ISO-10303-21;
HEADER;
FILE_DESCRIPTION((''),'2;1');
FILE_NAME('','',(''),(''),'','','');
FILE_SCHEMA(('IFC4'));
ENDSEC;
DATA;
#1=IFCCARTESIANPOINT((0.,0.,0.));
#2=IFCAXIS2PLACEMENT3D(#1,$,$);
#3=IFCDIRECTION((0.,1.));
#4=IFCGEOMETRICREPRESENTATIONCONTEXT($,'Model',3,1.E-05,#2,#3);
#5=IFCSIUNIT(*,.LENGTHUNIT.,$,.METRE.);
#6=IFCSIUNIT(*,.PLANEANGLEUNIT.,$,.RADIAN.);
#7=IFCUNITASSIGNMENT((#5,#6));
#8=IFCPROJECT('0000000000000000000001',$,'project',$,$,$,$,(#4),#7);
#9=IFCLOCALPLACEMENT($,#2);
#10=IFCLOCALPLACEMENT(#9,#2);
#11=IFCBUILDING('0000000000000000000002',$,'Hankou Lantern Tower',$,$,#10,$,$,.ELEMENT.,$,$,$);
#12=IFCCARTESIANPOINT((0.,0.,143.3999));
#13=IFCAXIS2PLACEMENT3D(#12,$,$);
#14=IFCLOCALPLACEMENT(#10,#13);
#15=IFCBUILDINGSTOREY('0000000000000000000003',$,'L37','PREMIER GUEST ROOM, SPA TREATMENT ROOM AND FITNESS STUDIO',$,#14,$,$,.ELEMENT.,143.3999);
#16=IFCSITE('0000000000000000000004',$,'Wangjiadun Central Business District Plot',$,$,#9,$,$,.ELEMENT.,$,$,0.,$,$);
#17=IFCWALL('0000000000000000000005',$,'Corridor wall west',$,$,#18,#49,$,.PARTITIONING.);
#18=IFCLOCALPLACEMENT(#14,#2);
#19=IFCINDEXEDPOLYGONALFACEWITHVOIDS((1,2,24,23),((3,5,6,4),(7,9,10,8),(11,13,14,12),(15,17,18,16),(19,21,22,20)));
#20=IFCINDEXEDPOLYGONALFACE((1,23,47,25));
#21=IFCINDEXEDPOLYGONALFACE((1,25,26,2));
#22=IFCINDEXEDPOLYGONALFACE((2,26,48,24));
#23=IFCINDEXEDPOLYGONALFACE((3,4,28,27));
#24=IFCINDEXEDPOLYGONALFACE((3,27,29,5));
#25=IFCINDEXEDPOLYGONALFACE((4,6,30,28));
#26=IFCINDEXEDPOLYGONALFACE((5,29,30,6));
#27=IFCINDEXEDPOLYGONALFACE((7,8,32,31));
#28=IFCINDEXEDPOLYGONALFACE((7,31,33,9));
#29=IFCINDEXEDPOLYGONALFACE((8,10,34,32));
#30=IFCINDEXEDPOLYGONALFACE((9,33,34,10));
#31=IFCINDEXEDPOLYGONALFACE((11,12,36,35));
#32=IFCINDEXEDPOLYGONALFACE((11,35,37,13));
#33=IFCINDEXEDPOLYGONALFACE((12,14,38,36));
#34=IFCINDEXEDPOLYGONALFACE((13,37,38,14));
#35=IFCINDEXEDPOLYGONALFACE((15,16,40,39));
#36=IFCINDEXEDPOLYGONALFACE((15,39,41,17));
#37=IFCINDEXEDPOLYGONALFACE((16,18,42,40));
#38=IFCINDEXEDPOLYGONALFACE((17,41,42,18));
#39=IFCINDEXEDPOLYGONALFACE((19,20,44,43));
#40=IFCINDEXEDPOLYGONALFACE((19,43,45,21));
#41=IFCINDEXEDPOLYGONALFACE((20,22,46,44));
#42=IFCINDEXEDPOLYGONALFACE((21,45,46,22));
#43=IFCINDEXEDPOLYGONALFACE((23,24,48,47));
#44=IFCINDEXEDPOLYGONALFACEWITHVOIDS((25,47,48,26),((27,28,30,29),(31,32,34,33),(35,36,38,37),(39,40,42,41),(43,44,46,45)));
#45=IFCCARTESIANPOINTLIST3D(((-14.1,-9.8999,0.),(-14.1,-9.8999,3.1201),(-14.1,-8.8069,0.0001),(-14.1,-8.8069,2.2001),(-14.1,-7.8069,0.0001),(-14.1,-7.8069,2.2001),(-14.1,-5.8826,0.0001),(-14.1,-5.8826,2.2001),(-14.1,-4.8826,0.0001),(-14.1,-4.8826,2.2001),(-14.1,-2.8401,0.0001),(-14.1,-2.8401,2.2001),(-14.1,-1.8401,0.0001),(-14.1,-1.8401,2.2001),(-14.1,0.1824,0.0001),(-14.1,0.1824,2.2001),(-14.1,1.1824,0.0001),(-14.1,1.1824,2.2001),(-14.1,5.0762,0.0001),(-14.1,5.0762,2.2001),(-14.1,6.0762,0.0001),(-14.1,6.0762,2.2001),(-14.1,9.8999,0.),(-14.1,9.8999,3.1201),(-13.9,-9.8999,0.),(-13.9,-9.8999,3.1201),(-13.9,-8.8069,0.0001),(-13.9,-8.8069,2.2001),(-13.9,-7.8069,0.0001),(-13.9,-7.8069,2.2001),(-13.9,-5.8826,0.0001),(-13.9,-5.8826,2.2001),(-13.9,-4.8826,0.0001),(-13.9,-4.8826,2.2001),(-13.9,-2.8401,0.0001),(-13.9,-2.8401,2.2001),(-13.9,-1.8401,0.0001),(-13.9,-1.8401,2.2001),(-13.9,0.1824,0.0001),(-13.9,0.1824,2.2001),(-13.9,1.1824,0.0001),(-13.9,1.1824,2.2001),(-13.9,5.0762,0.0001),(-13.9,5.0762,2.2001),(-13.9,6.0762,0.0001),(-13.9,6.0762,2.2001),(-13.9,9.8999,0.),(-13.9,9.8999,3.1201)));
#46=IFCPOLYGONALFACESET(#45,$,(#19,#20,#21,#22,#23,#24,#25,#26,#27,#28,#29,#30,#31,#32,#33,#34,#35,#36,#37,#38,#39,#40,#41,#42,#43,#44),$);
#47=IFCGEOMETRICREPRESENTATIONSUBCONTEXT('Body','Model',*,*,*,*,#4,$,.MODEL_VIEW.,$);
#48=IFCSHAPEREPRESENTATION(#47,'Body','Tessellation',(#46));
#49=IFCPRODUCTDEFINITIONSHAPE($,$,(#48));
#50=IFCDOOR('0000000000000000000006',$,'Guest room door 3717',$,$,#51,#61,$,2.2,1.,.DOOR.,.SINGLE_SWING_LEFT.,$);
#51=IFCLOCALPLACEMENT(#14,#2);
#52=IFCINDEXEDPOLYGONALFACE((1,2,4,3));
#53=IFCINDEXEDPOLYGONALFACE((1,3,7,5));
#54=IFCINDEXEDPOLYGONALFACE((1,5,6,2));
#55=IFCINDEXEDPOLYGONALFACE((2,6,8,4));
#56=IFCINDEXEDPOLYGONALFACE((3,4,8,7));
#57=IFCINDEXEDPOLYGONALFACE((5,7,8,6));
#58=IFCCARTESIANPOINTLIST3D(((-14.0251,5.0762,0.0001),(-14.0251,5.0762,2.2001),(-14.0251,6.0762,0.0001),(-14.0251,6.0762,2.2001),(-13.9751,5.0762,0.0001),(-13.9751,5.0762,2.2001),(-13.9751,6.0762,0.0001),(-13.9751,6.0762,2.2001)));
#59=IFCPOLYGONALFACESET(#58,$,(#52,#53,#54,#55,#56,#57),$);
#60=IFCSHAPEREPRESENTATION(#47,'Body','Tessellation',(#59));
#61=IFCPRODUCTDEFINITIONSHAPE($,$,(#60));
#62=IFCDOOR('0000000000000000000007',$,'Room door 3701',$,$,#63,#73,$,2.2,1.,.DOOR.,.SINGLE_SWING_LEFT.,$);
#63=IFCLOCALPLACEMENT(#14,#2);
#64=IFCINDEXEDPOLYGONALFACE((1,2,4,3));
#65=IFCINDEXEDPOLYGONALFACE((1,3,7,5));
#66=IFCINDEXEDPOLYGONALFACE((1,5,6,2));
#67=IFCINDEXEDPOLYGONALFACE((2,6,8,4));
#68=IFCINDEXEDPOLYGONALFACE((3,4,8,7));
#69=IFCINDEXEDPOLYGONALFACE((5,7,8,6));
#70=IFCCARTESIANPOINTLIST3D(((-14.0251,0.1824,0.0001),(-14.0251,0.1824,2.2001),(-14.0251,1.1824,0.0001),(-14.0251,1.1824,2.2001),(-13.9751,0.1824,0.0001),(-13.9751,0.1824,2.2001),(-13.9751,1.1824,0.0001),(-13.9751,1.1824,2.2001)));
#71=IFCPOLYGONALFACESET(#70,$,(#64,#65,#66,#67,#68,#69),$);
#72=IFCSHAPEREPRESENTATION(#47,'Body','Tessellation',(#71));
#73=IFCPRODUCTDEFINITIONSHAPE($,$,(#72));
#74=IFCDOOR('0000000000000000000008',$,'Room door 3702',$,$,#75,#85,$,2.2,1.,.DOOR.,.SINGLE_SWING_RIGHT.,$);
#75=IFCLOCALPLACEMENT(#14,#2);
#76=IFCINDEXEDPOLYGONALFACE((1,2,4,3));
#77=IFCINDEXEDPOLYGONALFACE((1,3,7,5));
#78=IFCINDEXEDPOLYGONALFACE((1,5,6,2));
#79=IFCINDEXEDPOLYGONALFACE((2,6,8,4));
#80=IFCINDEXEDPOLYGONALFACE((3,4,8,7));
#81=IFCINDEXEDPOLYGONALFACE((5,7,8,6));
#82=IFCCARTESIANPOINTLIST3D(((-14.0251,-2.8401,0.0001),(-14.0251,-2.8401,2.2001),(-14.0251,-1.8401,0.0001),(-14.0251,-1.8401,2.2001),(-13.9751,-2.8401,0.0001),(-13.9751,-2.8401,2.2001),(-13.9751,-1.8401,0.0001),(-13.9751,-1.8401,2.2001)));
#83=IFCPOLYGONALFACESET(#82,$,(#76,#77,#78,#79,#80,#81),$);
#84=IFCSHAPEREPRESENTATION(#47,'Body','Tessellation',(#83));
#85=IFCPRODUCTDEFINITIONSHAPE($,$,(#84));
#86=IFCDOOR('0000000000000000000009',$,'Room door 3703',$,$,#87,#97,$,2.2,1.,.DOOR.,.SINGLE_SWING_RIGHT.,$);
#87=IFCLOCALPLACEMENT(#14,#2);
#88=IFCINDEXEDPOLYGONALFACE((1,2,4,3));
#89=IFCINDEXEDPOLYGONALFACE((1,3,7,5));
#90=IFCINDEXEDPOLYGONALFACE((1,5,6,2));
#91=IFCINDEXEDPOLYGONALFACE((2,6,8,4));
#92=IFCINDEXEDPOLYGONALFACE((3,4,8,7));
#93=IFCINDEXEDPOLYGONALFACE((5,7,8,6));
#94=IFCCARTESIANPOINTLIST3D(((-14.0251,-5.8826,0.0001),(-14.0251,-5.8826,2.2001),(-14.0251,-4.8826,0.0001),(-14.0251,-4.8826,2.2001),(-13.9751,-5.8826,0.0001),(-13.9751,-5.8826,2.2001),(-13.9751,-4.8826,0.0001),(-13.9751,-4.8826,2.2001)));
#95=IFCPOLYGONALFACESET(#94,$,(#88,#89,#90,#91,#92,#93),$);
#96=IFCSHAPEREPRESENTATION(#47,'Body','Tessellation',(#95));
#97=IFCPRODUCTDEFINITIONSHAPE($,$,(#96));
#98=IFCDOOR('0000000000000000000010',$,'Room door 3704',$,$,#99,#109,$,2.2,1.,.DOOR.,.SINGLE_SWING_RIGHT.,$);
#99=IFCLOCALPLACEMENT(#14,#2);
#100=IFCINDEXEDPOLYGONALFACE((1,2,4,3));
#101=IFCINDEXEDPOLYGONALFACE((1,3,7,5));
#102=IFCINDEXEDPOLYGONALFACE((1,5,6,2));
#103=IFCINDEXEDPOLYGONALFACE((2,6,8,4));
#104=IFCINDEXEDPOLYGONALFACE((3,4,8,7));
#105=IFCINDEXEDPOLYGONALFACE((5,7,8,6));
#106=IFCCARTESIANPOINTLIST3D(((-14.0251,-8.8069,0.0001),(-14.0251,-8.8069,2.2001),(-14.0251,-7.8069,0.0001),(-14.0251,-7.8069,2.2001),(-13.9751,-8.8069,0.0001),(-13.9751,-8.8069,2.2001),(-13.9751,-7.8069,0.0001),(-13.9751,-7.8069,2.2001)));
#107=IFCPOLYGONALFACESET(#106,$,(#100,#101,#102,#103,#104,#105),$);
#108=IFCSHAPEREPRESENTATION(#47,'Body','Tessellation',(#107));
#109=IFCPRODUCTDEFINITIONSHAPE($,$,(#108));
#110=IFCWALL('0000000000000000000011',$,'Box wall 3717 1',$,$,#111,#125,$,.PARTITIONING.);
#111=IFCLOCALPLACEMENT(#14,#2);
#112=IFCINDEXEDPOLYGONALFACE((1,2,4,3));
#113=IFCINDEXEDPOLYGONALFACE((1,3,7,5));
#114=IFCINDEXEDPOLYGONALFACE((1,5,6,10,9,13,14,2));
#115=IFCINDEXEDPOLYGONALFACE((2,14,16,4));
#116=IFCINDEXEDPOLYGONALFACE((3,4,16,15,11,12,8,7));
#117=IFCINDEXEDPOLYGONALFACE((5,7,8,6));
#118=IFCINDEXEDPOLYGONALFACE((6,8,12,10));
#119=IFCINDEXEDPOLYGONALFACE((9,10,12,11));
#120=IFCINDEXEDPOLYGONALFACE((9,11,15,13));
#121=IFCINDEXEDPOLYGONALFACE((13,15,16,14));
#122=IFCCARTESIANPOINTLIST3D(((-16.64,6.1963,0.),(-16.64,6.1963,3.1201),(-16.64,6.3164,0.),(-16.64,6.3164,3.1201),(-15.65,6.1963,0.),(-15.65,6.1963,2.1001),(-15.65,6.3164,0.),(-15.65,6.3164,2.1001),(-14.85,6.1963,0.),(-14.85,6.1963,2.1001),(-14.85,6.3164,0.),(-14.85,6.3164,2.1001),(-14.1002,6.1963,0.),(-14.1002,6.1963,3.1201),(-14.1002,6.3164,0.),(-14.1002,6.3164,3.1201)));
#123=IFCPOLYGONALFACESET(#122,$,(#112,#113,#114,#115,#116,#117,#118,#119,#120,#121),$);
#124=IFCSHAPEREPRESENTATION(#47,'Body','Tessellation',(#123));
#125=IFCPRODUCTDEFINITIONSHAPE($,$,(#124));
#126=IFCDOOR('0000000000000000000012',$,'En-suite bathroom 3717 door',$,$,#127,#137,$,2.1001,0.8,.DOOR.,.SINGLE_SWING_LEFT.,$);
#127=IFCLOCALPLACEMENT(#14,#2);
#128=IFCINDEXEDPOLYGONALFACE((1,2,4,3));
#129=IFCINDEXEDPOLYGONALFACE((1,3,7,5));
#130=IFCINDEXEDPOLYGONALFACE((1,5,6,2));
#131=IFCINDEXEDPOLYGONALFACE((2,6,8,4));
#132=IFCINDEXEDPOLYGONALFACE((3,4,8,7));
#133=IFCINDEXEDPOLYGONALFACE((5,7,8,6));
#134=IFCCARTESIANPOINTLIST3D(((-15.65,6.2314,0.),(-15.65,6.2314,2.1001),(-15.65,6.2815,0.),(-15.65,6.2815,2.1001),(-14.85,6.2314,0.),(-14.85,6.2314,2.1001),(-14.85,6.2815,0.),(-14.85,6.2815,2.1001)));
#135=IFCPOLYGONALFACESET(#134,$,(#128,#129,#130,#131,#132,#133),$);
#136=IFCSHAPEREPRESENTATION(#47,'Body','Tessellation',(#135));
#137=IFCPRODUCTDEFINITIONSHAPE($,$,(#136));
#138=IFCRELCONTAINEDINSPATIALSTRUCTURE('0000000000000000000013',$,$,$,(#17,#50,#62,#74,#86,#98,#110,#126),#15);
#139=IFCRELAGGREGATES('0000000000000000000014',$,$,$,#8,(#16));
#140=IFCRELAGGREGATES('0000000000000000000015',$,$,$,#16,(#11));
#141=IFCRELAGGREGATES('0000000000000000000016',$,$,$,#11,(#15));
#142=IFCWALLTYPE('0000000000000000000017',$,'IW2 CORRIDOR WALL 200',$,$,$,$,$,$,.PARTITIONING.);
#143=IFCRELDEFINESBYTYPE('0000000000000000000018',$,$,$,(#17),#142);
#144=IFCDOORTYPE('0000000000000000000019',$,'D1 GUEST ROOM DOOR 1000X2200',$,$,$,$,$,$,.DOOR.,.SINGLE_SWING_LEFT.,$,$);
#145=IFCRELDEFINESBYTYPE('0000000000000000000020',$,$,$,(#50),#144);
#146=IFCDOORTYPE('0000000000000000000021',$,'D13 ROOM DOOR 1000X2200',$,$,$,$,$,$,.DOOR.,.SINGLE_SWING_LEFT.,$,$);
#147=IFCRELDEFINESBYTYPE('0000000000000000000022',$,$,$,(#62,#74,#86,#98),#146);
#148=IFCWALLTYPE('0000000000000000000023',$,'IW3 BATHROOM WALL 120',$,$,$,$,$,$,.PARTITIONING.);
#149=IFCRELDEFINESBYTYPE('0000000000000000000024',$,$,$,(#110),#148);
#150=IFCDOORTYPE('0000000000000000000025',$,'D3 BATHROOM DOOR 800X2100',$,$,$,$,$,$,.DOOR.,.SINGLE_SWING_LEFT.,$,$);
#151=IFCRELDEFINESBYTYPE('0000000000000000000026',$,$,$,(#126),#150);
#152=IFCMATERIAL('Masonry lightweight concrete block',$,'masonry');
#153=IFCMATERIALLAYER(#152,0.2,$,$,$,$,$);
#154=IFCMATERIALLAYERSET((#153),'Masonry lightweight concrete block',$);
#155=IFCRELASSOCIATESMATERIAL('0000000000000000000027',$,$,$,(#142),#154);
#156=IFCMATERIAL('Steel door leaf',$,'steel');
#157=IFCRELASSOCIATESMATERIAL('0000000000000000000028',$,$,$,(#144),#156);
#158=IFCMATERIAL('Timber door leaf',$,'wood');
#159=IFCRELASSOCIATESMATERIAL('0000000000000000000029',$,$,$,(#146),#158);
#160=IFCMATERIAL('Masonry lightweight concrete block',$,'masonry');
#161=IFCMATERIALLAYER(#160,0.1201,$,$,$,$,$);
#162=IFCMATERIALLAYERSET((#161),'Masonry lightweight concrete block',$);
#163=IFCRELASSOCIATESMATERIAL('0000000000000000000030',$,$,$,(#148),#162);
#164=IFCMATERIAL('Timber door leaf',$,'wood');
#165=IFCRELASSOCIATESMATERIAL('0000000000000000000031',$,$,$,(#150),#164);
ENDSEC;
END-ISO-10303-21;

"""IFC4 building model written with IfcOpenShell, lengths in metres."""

from ifc_helpers import new_model, si_unit, direction, frame, frame_2d, origin, place, context, subcontext, project, spatial, rectangle, extrude, material, layer, layer_set, type_object, element, fill, save


model = new_model("IFC4")

# Units and contexts
model_context = context("Model", 3, precision=1e-05, world=origin(), true_north=direction((0.0, 1.0)))
body_context = subcontext(model_context, "Body", "Model", "MODEL_VIEW")
ifc_project = project(units=[si_unit("LENGTHUNIT", "METRE"), si_unit("PLANEANGLEUNIT", "RADIAN")], contexts=[model_context])

# Site, building, storey
site_placement = place(None, origin())
site = spatial("IfcSite", under=ifc_project, at=site_placement, Name="Wangjiadun Central Business District Plot", CompositionType="ELEMENT", RefElevation=0.0)
building_placement = place(site_placement, origin())
building = spatial("IfcBuilding", under=site, at=building_placement, Name="Hankou Lantern Tower", CompositionType="ELEMENT")
storey_placement = place(building_placement, frame((0.0, 0.0, 143.3999)))
storey = spatial("IfcBuildingStorey", under=building, at=storey_placement, Name="L37", Description="PREMIER GUEST ROOM, SPA TREATMENT ROOM AND FITNESS STUDIO", CompositionType="ELEMENT", Elevation=143.3999)

# Wall, openings, doors
ifc_material_1 = material(Name="Masonry lightweight concrete block", Category="masonry")
ifc_layer_1 = layer(ifc_material_1, 0.2)
ifc_layer_set_1 = layer_set([ifc_layer_1], Name="Masonry lightweight concrete block")
wall_type_1 = type_object("IfcWallType", Name="IW2 CORRIDOR WALL 200", PredefinedType="PARTITIONING", material=ifc_layer_set_1)
wall_1_placement = place(storey_placement, frame((-14.0, 9.8999, 0.0), z_axis=(0.0, 0.0, 1.0), x_axis=(0.0, -1.0, 0.0)))
wall_1 = element("IfcWall", 1, at=wall_1_placement, inside=storey, type_object=wall_type_1, Name="Corridor wall west", PredefinedType="PARTITIONING", context=body_context, shape_type="SweptSolid", body=[
    extrude(rectangle(XDim=19.7998, YDim=0.2, at=frame_2d((9.8999, 0.0))), origin(), (0.0, 0.0, 1.0), 3.1201),
])
opening_1_placement = place(wall_1_placement, frame((8.7175, 0.0, 0.0)))
opening_1 = element("IfcOpeningElement", 2, at=opening_1_placement, cuts=wall_1, PredefinedType="OPENING", context=body_context, shape_type="SweptSolid", body=[
    extrude(rectangle(XDim=1.0, YDim=2.2, at=frame_2d((0.5, 1.1001))), frame((0.0, 0.1099, 0.0), z_axis=(0.0, -1.0, 0.0), x_axis=(1.0, 0.0, 0.0)), (0.0, 0.0, 1.0), 0.22),
])
opening_2_placement = place(wall_1_placement, frame((11.74, 0.0, 0.0)))
opening_2 = element("IfcOpeningElement", 3, at=opening_2_placement, cuts=wall_1, PredefinedType="OPENING", context=body_context, shape_type="SweptSolid", body=[
    extrude(rectangle(XDim=1.0, YDim=2.2, at=frame_2d((0.5, 1.1001))), frame((0.0, 0.1099, 0.0), z_axis=(0.0, -1.0, 0.0), x_axis=(1.0, 0.0, 0.0)), (0.0, 0.0, 1.0), 0.22),
])
opening_3_placement = place(wall_1_placement, frame((14.7825, 0.0, 0.0)))
opening_3 = element("IfcOpeningElement", 4, at=opening_3_placement, cuts=wall_1, PredefinedType="OPENING", context=body_context, shape_type="SweptSolid", body=[
    extrude(rectangle(XDim=1.0, YDim=2.2, at=frame_2d((0.5, 1.1001))), frame((0.0, 0.1099, 0.0), z_axis=(0.0, -1.0, 0.0), x_axis=(1.0, 0.0, 0.0)), (0.0, 0.0, 1.0), 0.22),
])
opening_4_placement = place(wall_1_placement, frame((17.7068, 0.0, 0.0)))
opening_4 = element("IfcOpeningElement", 5, at=opening_4_placement, cuts=wall_1, PredefinedType="OPENING", context=body_context, shape_type="SweptSolid", body=[
    extrude(rectangle(XDim=1.0, YDim=2.2, at=frame_2d((0.5, 1.1001))), frame((0.0, 0.1099, 0.0), z_axis=(0.0, -1.0, 0.0), x_axis=(1.0, 0.0, 0.0)), (0.0, 0.0, 1.0), 0.22),
])
opening_5_placement = place(wall_1_placement, frame((3.8237, 0.0, 0.0)))
opening_5 = element("IfcOpeningElement", 6, at=opening_5_placement, cuts=wall_1, PredefinedType="OPENING", context=body_context, shape_type="SweptSolid", body=[
    extrude(rectangle(XDim=1.0, YDim=2.2, at=frame_2d((0.5, 1.1001))), frame((0.0, 0.1099, 0.0), z_axis=(0.0, -1.0, 0.0), x_axis=(1.0, 0.0, 0.0)), (0.0, 0.0, 1.0), 0.22),
])
ifc_material_2 = material(Name="Steel door leaf", Category="steel")
door_type_1 = type_object("IfcDoorType", Name="D1 GUEST ROOM DOOR 1000X2200", OperationType="SINGLE_SWING_LEFT", PredefinedType="DOOR", material=ifc_material_2)
door_1_placement = place(opening_5_placement, origin())
door_1 = element("IfcDoor", 7, at=door_1_placement, inside=storey, type_object=door_type_1, Name="Guest room door 3717", OperationType="SINGLE_SWING_LEFT", OverallHeight=2.2, OverallWidth=1.0, PredefinedType="DOOR", context=body_context, shape_type="SweptSolid", body=[
    extrude(rectangle(XDim=1.0, YDim=2.2, at=frame_2d((0.5, 1.1001))), frame((0.0, 0.0249, 0.0), z_axis=(0.0, -1.0, 0.0), x_axis=(1.0, 0.0, 0.0)), (0.0, 0.0, 1.0), 0.05),
])
fill(opening_5, door_1)
ifc_material_3 = material(Name="Timber door leaf", Category="wood")
door_type_2 = type_object("IfcDoorType", Name="D13 ROOM DOOR 1000X2200", OperationType="SINGLE_SWING_LEFT", PredefinedType="DOOR", material=ifc_material_3)
door_2_placement = place(opening_1_placement, origin())
door_2 = element("IfcDoor", 8, at=door_2_placement, inside=storey, type_object=door_type_2, Name="Room door 3701", OperationType="SINGLE_SWING_LEFT", OverallHeight=2.2, OverallWidth=1.0, PredefinedType="DOOR", context=body_context, shape_type="SweptSolid", body=[
    extrude(rectangle(XDim=1.0, YDim=2.2, at=frame_2d((0.5, 1.1001))), frame((0.0, 0.0249, 0.0), z_axis=(0.0, -1.0, 0.0), x_axis=(1.0, 0.0, 0.0)), (0.0, 0.0, 1.0), 0.05),
])
fill(opening_1, door_2)
door_3_placement = place(opening_2_placement, origin())
door_3 = element("IfcDoor", 9, at=door_3_placement, inside=storey, type_object=door_type_2, Name="Room door 3702", OperationType="SINGLE_SWING_RIGHT", OverallHeight=2.2, OverallWidth=1.0, PredefinedType="DOOR", context=body_context, shape_type="SweptSolid", body=[
    extrude(rectangle(XDim=1.0, YDim=2.2, at=frame_2d((0.5, 1.1001))), frame((0.0, 0.0249, 0.0), z_axis=(0.0, -1.0, 0.0), x_axis=(1.0, 0.0, 0.0)), (0.0, 0.0, 1.0), 0.05),
])
fill(opening_2, door_3)
door_4_placement = place(opening_3_placement, origin())
door_4 = element("IfcDoor", 10, at=door_4_placement, inside=storey, type_object=door_type_2, Name="Room door 3703", OperationType="SINGLE_SWING_RIGHT", OverallHeight=2.2, OverallWidth=1.0, PredefinedType="DOOR", context=body_context, shape_type="SweptSolid", body=[
    extrude(rectangle(XDim=1.0, YDim=2.2, at=frame_2d((0.5, 1.1001))), frame((0.0, 0.0249, 0.0), z_axis=(0.0, -1.0, 0.0), x_axis=(1.0, 0.0, 0.0)), (0.0, 0.0, 1.0), 0.05),
])
fill(opening_3, door_4)
door_5_placement = place(opening_4_placement, origin())
door_5 = element("IfcDoor", 11, at=door_5_placement, inside=storey, type_object=door_type_2, Name="Room door 3704", OperationType="SINGLE_SWING_RIGHT", OverallHeight=2.2, OverallWidth=1.0, PredefinedType="DOOR", context=body_context, shape_type="SweptSolid", body=[
    extrude(rectangle(XDim=1.0, YDim=2.2, at=frame_2d((0.5, 1.1001))), frame((0.0, 0.0249, 0.0), z_axis=(0.0, -1.0, 0.0), x_axis=(1.0, 0.0, 0.0)), (0.0, 0.0, 1.0), 0.05),
])
fill(opening_4, door_5)

# Wall, opening, door
ifc_material_4 = material(Name="Masonry lightweight concrete block", Category="masonry")
ifc_layer_2 = layer(ifc_material_4, 0.1201)
ifc_layer_set_2 = layer_set([ifc_layer_2], Name="Masonry lightweight concrete block")
wall_type_2 = type_object("IfcWallType", Name="IW3 BATHROOM WALL 120", PredefinedType="PARTITIONING", material=ifc_layer_set_2)
wall_2_placement = place(storey_placement, frame((-14.1001, 6.2563, 0.0), z_axis=(0.0, 0.0, 1.0), x_axis=(-1.0, 0.0, 0.0)))
wall_2 = element("IfcWall", 12, at=wall_2_placement, inside=storey, type_object=wall_type_2, Name="Box wall 3717 1", PredefinedType="PARTITIONING", context=body_context, shape_type="SweptSolid", body=[
    extrude(rectangle(XDim=2.5398, YDim=0.1201, at=frame_2d((1.27, 0.0))), origin(), (0.0, 0.0, 1.0), 3.1201),
])
opening_6_placement = place(wall_2_placement, frame((0.75, 0.0, 0.0)))
opening_6 = element("IfcOpeningElement", 13, at=opening_6_placement, cuts=wall_2, PredefinedType="OPENING", context=body_context, shape_type="SweptSolid", body=[
    extrude(rectangle(XDim=0.8, YDim=2.1001, at=frame_2d((0.3999, 1.05))), frame((0.0, 0.0701, 0.0), z_axis=(0.0, -1.0, 0.0), x_axis=(1.0, 0.0, 0.0)), (0.0, 0.0, 1.0), 0.1401),
])
ifc_material_5 = material(Name="Timber door leaf", Category="wood")
door_type_3 = type_object("IfcDoorType", Name="D3 BATHROOM DOOR 800X2100", OperationType="SINGLE_SWING_LEFT", PredefinedType="DOOR", material=ifc_material_5)
door_6_placement = place(opening_6_placement, origin())
door_6 = element("IfcDoor", 14, at=door_6_placement, inside=storey, type_object=door_type_3, Name="En-suite bathroom 3717 door", OperationType="SINGLE_SWING_LEFT", OverallHeight=2.1001, OverallWidth=0.8, PredefinedType="DOOR", context=body_context, shape_type="SweptSolid", body=[
    extrude(rectangle(XDim=0.8, YDim=2.1001, at=frame_2d((0.3999, 1.05))), frame((0.0, 0.0249, 0.0), z_axis=(0.0, -1.0, 0.0), x_axis=(1.0, 0.0, 0.0)), (0.0, 0.0, 1.0), 0.05),
])
fill(opening_6, door_6)

save(model, "model.ifc")
